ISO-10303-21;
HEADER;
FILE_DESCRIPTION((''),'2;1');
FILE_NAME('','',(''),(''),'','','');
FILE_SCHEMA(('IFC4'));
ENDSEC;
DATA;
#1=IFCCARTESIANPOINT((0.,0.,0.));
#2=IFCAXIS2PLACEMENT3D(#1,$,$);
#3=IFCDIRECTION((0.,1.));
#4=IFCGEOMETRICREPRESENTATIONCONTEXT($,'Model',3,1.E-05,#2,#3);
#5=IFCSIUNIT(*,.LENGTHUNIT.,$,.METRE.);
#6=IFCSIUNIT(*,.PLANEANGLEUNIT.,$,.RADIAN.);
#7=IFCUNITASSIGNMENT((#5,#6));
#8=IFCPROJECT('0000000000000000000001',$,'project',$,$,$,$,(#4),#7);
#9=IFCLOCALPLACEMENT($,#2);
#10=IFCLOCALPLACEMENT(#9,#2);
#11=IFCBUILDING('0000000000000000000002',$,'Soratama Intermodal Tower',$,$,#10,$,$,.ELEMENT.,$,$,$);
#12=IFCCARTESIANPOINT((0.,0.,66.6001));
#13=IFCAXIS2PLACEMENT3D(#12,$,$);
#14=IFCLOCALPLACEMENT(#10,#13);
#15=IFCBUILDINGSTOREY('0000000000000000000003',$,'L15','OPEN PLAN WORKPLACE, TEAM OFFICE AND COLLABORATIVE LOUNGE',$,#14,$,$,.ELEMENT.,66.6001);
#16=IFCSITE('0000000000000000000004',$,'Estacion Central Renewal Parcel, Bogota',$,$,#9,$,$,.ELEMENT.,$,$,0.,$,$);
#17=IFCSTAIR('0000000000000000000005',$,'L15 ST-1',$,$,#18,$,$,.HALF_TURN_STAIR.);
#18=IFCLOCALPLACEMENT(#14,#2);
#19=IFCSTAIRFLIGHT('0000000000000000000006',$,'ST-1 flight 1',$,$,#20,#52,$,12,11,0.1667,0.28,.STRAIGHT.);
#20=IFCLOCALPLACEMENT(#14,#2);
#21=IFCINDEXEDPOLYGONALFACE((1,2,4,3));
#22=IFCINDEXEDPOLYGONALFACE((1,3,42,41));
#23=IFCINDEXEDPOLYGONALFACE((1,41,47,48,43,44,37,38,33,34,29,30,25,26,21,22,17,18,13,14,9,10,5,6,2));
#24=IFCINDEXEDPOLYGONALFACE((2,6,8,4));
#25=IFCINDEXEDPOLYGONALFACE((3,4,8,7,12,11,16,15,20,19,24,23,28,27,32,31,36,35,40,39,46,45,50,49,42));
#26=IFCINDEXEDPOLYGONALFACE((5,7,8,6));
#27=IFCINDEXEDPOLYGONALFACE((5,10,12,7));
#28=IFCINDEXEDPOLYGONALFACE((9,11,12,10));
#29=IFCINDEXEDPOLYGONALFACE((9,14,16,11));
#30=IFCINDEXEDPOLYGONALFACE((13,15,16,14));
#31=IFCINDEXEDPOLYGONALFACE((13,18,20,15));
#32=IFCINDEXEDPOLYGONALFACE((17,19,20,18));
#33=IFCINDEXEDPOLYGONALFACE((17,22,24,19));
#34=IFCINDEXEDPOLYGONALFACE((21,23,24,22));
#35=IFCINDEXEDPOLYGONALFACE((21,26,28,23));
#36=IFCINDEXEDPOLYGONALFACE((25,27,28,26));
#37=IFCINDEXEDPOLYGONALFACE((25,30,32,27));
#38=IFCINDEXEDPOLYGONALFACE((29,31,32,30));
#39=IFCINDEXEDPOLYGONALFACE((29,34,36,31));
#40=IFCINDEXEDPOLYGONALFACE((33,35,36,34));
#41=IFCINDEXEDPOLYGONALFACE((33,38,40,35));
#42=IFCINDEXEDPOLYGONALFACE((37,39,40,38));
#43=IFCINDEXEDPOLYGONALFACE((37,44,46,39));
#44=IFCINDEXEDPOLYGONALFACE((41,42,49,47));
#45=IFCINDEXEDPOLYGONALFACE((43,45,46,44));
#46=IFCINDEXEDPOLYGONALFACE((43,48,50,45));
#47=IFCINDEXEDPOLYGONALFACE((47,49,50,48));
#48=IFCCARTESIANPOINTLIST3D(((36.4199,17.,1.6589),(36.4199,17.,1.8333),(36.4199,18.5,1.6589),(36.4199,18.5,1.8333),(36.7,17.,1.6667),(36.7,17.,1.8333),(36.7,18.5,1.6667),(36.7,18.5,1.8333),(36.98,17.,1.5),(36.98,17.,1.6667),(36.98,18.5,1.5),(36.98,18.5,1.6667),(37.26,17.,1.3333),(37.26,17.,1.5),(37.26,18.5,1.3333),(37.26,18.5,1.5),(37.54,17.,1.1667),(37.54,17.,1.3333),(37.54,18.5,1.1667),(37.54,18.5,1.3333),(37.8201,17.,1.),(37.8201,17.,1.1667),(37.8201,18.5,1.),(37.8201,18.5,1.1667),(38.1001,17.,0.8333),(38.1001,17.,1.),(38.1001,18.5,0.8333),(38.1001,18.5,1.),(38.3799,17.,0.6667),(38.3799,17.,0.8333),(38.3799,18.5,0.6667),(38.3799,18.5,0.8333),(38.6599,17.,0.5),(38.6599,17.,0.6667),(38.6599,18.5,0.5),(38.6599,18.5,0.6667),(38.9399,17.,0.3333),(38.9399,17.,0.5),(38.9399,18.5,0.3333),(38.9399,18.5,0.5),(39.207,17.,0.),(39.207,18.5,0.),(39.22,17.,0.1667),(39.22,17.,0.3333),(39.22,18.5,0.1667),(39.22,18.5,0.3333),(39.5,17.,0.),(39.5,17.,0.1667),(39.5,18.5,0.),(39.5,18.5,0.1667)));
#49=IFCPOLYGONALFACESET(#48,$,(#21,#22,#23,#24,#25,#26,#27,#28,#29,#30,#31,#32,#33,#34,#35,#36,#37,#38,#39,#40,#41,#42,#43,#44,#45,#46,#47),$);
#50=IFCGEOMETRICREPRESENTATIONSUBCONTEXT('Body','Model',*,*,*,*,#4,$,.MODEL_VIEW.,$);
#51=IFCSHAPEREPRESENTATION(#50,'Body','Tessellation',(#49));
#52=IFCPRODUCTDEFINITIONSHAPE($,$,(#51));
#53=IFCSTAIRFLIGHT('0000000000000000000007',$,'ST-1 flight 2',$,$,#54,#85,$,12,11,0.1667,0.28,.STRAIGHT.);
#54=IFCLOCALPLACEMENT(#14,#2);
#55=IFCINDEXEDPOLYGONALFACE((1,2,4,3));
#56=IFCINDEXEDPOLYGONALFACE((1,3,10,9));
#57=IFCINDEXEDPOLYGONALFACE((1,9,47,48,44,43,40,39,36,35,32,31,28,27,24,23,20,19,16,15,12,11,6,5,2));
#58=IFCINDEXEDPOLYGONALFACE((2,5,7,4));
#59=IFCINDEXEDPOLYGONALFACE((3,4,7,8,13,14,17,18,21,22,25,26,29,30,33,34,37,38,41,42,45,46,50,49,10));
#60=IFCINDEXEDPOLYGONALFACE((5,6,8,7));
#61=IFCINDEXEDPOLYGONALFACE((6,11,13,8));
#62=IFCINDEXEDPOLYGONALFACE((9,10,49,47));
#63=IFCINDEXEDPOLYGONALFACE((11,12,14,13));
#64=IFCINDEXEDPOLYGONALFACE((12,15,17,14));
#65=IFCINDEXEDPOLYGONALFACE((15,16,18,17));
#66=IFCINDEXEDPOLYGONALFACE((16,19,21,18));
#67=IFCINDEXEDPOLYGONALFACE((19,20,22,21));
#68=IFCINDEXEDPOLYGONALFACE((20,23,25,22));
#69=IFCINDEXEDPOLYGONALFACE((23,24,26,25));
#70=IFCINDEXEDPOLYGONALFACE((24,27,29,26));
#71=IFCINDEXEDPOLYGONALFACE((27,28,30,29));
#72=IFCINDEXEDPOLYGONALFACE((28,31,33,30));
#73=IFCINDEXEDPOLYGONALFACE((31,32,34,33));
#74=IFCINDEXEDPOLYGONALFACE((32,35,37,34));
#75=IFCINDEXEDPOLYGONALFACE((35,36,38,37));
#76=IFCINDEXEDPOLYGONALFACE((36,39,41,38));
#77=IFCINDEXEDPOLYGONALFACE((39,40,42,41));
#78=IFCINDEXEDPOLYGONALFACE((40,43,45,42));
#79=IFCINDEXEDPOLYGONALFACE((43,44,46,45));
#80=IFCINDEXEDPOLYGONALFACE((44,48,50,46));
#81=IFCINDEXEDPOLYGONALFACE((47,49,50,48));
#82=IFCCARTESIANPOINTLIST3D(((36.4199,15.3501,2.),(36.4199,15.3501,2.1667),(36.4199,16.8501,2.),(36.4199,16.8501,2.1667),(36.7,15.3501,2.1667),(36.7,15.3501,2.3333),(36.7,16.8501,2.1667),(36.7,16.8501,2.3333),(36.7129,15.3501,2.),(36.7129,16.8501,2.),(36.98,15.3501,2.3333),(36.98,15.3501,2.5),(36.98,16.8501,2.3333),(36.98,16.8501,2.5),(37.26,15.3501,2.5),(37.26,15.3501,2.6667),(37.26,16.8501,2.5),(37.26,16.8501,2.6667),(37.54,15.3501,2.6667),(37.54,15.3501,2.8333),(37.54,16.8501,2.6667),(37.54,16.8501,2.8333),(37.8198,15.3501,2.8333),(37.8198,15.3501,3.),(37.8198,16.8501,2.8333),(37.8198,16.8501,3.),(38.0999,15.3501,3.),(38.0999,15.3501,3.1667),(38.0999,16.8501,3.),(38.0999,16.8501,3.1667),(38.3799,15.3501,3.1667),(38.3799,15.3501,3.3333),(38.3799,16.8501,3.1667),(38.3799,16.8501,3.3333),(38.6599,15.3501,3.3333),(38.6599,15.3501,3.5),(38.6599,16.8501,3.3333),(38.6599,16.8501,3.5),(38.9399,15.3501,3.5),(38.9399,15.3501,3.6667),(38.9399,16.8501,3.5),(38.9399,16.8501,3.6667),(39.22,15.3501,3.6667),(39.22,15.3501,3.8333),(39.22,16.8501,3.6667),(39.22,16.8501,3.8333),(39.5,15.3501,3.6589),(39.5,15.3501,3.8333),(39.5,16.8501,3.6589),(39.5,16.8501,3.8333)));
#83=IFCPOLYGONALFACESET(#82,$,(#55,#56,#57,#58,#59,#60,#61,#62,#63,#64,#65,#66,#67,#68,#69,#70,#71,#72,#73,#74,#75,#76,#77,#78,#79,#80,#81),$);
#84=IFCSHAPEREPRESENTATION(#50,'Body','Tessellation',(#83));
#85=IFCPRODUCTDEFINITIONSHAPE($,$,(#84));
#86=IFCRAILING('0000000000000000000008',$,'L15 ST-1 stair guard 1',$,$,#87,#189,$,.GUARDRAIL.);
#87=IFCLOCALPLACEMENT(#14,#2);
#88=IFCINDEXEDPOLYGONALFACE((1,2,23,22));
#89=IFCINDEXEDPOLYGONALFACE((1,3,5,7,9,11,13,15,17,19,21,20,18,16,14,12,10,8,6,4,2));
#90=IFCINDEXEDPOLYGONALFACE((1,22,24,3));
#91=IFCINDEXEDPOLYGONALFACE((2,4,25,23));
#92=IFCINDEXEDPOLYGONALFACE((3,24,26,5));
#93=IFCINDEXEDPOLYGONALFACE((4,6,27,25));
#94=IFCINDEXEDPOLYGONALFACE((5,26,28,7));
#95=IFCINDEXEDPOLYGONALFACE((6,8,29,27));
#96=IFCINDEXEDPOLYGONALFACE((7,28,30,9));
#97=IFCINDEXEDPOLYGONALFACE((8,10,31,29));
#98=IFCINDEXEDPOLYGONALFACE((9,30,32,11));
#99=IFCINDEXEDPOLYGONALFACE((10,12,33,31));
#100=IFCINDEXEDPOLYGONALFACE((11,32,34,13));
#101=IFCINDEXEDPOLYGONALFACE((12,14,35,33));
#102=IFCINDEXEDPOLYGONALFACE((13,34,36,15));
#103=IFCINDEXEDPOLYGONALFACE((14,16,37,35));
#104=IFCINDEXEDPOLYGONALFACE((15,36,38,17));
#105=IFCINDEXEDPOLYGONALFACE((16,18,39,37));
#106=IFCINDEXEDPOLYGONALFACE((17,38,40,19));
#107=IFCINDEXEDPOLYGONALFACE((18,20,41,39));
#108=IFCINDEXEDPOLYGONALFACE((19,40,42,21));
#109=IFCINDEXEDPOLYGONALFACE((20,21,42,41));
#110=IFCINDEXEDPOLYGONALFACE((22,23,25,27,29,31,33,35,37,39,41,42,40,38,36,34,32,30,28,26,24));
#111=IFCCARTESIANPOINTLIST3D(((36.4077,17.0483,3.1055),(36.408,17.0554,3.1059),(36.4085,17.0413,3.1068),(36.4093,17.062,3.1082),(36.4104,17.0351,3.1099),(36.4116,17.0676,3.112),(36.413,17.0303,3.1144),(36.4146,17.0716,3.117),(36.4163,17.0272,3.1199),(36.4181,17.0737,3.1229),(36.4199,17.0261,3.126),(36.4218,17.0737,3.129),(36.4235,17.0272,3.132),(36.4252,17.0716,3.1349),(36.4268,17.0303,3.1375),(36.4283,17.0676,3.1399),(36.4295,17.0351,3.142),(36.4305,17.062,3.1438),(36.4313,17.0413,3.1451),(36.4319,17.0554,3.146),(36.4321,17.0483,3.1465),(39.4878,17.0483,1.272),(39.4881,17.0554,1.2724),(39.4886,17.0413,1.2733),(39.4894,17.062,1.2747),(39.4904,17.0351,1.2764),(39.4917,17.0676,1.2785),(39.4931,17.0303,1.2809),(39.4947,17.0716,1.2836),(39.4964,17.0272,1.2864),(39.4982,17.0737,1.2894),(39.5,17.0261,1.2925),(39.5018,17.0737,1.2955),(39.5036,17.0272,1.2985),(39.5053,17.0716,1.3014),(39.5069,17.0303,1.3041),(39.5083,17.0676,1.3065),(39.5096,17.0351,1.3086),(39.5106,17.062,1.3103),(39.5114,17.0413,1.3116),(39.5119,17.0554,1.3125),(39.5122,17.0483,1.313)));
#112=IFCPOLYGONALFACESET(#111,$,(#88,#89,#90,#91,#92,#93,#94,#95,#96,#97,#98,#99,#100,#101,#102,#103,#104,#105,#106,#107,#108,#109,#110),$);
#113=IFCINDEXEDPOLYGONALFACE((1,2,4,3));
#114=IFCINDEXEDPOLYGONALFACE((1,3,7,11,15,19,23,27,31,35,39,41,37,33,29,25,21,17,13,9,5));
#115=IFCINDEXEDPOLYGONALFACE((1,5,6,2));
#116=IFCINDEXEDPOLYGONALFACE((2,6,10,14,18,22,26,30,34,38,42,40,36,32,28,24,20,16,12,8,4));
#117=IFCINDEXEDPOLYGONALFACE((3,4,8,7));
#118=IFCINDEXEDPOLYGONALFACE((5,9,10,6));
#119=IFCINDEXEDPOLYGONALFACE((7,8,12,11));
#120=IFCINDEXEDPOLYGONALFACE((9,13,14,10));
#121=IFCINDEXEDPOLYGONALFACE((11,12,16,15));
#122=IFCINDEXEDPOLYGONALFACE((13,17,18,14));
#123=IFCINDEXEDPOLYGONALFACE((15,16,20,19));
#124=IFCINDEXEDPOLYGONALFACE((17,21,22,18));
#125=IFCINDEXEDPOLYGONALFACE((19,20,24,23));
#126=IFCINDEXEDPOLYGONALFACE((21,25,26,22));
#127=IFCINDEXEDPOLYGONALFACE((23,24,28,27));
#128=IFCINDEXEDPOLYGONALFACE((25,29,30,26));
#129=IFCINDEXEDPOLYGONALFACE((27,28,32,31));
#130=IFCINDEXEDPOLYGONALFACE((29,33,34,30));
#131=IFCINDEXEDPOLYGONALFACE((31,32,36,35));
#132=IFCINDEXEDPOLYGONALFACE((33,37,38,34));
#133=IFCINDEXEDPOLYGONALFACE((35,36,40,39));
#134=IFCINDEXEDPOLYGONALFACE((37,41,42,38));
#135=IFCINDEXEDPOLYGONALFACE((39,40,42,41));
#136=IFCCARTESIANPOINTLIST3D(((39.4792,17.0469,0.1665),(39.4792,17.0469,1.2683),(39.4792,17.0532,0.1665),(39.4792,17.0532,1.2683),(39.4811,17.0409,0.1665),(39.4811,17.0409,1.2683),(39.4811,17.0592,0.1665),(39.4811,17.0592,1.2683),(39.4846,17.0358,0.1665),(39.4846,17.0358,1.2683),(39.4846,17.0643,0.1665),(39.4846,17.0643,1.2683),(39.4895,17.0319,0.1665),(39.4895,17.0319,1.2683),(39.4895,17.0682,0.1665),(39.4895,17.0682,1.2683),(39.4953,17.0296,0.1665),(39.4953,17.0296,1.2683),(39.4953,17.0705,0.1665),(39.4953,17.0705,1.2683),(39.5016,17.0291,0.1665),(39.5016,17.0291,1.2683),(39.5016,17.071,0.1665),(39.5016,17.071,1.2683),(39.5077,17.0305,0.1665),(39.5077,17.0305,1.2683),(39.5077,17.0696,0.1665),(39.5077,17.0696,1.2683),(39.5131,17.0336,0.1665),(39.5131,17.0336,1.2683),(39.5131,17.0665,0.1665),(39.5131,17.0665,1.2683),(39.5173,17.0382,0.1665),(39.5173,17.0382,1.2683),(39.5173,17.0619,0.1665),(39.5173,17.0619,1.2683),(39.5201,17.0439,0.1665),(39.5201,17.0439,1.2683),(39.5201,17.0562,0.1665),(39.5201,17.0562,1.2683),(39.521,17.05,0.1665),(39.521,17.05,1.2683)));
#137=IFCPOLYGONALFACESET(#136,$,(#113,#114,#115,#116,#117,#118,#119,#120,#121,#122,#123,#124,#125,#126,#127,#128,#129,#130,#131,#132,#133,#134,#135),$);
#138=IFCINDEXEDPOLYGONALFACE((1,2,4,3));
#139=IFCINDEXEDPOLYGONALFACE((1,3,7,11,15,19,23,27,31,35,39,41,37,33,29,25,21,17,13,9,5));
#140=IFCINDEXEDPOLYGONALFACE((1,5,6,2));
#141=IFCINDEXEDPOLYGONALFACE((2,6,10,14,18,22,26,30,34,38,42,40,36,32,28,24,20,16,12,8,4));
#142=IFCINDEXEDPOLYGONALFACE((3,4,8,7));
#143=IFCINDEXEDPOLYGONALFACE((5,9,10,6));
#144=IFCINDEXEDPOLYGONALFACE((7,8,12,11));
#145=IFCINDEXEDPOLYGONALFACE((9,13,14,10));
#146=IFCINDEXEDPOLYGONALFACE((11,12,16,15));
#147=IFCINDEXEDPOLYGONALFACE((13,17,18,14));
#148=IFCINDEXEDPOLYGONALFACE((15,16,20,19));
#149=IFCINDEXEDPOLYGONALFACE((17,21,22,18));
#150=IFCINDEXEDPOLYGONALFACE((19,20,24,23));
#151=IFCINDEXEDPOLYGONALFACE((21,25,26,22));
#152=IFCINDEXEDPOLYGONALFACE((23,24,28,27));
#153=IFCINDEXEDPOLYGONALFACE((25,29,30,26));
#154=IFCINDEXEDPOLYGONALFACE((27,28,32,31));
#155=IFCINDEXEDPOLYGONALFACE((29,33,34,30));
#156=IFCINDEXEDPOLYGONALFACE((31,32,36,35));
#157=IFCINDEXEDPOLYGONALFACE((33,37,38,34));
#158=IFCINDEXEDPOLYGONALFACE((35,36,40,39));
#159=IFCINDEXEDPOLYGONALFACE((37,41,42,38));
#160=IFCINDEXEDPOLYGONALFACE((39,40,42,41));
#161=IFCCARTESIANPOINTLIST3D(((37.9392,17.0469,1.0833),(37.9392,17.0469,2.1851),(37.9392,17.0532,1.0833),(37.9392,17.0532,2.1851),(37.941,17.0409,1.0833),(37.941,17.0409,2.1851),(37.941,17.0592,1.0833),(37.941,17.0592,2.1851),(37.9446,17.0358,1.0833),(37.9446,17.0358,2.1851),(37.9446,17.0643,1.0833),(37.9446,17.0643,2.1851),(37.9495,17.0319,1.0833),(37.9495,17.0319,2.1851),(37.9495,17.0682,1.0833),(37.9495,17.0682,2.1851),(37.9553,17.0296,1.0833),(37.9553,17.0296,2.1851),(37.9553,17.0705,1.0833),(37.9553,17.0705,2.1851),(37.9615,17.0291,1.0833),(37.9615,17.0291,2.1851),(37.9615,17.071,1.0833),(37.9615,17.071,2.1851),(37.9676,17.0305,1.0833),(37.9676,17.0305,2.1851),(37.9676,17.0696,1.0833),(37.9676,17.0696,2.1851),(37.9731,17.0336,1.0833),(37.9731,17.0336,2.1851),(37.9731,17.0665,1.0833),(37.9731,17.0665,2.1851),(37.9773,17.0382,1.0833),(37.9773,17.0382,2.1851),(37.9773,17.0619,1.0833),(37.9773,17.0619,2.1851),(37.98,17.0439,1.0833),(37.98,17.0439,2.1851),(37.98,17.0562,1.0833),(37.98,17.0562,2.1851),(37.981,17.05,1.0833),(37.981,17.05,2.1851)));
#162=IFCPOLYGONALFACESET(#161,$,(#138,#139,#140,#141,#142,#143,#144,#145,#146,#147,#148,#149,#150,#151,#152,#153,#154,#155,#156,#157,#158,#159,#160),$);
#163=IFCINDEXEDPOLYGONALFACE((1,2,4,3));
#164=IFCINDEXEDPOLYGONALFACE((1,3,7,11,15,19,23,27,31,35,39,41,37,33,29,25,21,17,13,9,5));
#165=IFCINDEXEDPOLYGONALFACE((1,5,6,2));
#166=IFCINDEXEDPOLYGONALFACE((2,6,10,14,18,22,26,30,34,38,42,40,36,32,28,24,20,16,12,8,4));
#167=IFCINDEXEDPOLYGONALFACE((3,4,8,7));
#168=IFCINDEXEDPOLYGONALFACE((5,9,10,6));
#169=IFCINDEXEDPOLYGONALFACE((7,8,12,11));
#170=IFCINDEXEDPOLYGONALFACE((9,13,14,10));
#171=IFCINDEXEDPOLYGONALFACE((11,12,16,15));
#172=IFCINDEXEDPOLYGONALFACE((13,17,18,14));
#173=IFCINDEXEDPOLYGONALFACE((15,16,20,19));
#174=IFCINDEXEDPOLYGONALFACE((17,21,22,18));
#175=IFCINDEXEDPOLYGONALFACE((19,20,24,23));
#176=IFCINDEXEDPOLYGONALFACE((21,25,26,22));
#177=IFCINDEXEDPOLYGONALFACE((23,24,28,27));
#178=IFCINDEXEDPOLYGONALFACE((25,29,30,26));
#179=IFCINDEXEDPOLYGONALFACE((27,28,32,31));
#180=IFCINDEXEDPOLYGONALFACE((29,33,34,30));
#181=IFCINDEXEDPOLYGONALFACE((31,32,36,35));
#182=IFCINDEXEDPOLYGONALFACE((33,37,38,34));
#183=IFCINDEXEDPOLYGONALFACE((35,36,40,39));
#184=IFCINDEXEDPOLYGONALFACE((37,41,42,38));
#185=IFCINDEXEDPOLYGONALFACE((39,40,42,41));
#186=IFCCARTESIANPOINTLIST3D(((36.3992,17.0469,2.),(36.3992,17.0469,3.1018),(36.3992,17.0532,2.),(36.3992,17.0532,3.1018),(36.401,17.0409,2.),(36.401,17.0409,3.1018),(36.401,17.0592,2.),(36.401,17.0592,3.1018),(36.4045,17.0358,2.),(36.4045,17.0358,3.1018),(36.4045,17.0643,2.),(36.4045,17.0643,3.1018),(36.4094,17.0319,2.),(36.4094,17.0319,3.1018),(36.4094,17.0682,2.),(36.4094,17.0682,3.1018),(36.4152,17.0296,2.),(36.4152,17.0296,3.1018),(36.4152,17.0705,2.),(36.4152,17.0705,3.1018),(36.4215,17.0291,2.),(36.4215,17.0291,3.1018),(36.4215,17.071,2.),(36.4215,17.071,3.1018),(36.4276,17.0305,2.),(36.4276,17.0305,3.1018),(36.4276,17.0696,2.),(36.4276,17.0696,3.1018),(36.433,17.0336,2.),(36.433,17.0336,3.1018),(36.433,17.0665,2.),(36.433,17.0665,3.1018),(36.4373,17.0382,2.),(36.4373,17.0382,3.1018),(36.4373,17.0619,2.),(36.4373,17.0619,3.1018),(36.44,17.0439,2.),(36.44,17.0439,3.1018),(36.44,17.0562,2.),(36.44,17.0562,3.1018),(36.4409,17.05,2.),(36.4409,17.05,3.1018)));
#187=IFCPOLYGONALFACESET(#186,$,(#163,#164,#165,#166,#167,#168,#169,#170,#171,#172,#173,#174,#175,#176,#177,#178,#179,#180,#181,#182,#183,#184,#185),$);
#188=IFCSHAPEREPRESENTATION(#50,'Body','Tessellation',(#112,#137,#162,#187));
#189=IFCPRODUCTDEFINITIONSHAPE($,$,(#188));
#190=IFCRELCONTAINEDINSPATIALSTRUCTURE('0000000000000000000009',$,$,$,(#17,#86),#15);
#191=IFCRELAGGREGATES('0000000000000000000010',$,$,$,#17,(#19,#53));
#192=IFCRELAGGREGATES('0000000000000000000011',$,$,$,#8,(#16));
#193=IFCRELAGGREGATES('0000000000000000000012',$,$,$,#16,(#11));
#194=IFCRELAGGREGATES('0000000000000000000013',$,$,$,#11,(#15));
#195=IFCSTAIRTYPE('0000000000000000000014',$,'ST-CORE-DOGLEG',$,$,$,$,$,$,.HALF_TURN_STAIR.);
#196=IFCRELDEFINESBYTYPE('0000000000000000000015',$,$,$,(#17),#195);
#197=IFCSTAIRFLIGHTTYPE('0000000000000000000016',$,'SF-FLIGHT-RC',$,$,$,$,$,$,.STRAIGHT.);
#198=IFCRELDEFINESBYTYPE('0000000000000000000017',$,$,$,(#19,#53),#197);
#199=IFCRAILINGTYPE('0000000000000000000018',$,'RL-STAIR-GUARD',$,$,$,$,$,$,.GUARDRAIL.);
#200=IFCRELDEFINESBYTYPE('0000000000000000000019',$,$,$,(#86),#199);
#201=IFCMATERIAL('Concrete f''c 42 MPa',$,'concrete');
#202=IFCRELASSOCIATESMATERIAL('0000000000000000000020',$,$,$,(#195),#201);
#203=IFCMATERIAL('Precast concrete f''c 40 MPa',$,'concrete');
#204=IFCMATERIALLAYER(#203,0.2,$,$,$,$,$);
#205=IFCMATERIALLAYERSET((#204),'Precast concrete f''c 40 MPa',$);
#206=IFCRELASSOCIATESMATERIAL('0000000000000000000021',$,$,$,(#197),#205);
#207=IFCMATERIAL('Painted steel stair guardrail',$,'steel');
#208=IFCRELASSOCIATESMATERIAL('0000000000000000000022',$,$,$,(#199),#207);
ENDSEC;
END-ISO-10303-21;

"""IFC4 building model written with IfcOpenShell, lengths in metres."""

from ifc_helpers import new_model, si_unit, direction, frame, origin, origin_2d, place, context, subcontext, project, spatial, polyline, circle, outline, extrude, material, layer, layer_set, type_object, element, aggregate, save


model = new_model("IFC4")

# Units and contexts
model_context = context("Model", 3, precision=1e-05, world=origin(), true_north=direction((0.0, 1.0)))
body_context = subcontext(model_context, "Body", "Model", "MODEL_VIEW")
ifc_project = project(units=[si_unit("LENGTHUNIT", "METRE"), si_unit("PLANEANGLEUNIT", "RADIAN")], contexts=[model_context])

# Site, building, storey
site_placement = place(None, origin())
site = spatial("IfcSite", under=ifc_project, at=site_placement, Name="Estacion Central Renewal Parcel, Bogota", CompositionType="ELEMENT", RefElevation=0.0)
building_placement = place(site_placement, origin())
building = spatial("IfcBuilding", under=site, at=building_placement, Name="Soratama Intermodal Tower", CompositionType="ELEMENT")
storey_placement = place(building_placement, frame((0.0, 0.0, 66.6001)))
storey = spatial("IfcBuildingStorey", under=building, at=storey_placement, Name="L15", Description="OPEN PLAN WORKPLACE, TEAM OFFICE AND COLLABORATIVE LOUNGE", CompositionType="ELEMENT", Elevation=66.6001)

# Stair, stair flights
ifc_material_1 = material(Name="Concrete f'c 42 MPa", Category="concrete")
stair_type = type_object("IfcStairType", Name="ST-CORE-DOGLEG", PredefinedType="HALF_TURN_STAIR", material=ifc_material_1)
stair_placement = place(storey_placement, origin())
stair = element("IfcStair", 1, at=stair_placement, inside=storey, type_object=stair_type, Name="L15 ST-1", PredefinedType="HALF_TURN_STAIR")
ifc_material_2 = material(Name="Precast concrete f'c 40 MPa", Category="concrete")
ifc_layer_1 = layer(ifc_material_2, 0.2)
ifc_layer_set_1 = layer_set([ifc_layer_1], Name="Precast concrete f'c 40 MPa")
stair_flight_type = type_object("IfcStairFlightType", Name="SF-FLIGHT-RC", PredefinedType="STRAIGHT", material=ifc_layer_set_1)
stair_flight_1_placement = place(storey_placement, frame((39.5, 17.75, 0.0), z_axis=(0.0, 0.0, 1.0), x_axis=(-1.0, 0.0, 0.0)))
stair_flight_1 = element("IfcStairFlight", 2, at=stair_flight_1_placement, type_object=stair_flight_type, Name="ST-1 flight 1", NumberOfRisers=12, NumberOfTreads=11, PredefinedType="STRAIGHT", RiserHeight=0.1667, TreadLength=0.28, context=body_context, shape_type="SweptSolid", body=[
    extrude(outline(polyline([(0.0, 0.0), (0.0, 0.1667), (0.28, 0.1667), (0.28, 0.3333), (0.5601, 0.3333), (0.5601, 0.5), (0.8401, 0.5), (0.8401, 0.6667), (1.1201, 0.6667), (1.1201, 0.8333), (1.3999, 0.8333), (1.3999, 1.0), (1.6799, 1.0), (1.6799, 1.1667), (1.96, 1.1667), (1.96, 1.3333), (2.24, 1.3333), (2.24, 1.5), (2.52, 1.5), (2.52, 1.6667), (2.8, 1.6667), (2.8, 1.8333), (3.0801, 1.8333), (3.0801, 2.0), (3.0801, 1.6589), (0.293, 0.0), (0.0, 0.0)])), frame((0.0, 0.75, 0.0), z_axis=(0.0, -1.0, 0.0), x_axis=(1.0, 0.0, 0.0)), (0.0, 0.0, 1.0), 1.5),
])
stair_flight_2_placement = place(storey_placement, frame((36.4199, 16.1001, 2.0), z_axis=(0.0, 0.0, 1.0), x_axis=(1.0, 0.0, 0.0)))
stair_flight_2 = element("IfcStairFlight", 3, at=stair_flight_2_placement, type_object=stair_flight_type, Name="ST-1 flight 2", NumberOfRisers=12, NumberOfTreads=11, PredefinedType="STRAIGHT", RiserHeight=0.1667, TreadLength=0.28, context=body_context, shape_type="SweptSolid", body=[
    extrude(outline(polyline([(0.0, 0.0), (0.0, 0.1667), (0.28, 0.1667), (0.28, 0.3333), (0.5601, 0.3333), (0.5601, 0.5), (0.8401, 0.5), (0.8401, 0.6667), (1.1201, 0.6667), (1.1201, 0.8333), (1.3999, 0.8333), (1.3999, 1.0), (1.6799, 1.0), (1.6799, 1.1667), (1.96, 1.1667), (1.96, 1.3333), (2.24, 1.3333), (2.24, 1.5), (2.52, 1.5), (2.52, 1.6667), (2.8, 1.6667), (2.8, 1.8333), (3.0801, 1.8333), (3.0801, 2.0), (3.0801, 1.6589), (0.293, 0.0), (0.0, 0.0)])), frame((0.0, 0.75, 0.0), z_axis=(0.0, -1.0, 0.0), x_axis=(1.0, 0.0, 0.0)), (0.0, 0.0, 1.0), 1.5),
])
aggregate(stair, [stair_flight_1, stair_flight_2])

# Railing
ifc_material_3 = material(Name="Painted steel stair guardrail", Category="steel")
railing_type_1 = type_object("IfcRailingType", Name="RL-STAIR-GUARD", PredefinedType="GUARDRAIL", material=ifc_material_3)
railing_1_placement = place(storey_placement, frame((39.5, 17.05, 0.1665)))
element("IfcRailing", 4, at=railing_1_placement, inside=storey, type_object=railing_type_1, Name="L15 ST-1 stair guard 1", PredefinedType="GUARDRAIL", context=body_context, shape_type="SweptSolid", body=[
    extrude(circle(Radius=0.0239, at=origin_2d()), frame((0.0, 0.0, 1.126), z_axis=(-0.859279, 0.0, 0.511508), x_axis=(0.0, -1.0, 0.0)), (0.0, 0.0, 1.0), 3.5845),
    extrude(circle(Radius=0.021, at=origin_2d()), origin(), (0.0, 0.0, 1.0), 1.1018),
    extrude(circle(Radius=0.021, at=origin_2d()), frame((-1.54, 0.0, 0.9167)), (0.0, 0.0, 1.0), 1.1018),
    extrude(circle(Radius=0.021, at=origin_2d()), frame((-3.0801, 0.0, 1.8335)), (0.0, 0.0, 1.0), 1.1018),
])

save(model, "model.ifc")
